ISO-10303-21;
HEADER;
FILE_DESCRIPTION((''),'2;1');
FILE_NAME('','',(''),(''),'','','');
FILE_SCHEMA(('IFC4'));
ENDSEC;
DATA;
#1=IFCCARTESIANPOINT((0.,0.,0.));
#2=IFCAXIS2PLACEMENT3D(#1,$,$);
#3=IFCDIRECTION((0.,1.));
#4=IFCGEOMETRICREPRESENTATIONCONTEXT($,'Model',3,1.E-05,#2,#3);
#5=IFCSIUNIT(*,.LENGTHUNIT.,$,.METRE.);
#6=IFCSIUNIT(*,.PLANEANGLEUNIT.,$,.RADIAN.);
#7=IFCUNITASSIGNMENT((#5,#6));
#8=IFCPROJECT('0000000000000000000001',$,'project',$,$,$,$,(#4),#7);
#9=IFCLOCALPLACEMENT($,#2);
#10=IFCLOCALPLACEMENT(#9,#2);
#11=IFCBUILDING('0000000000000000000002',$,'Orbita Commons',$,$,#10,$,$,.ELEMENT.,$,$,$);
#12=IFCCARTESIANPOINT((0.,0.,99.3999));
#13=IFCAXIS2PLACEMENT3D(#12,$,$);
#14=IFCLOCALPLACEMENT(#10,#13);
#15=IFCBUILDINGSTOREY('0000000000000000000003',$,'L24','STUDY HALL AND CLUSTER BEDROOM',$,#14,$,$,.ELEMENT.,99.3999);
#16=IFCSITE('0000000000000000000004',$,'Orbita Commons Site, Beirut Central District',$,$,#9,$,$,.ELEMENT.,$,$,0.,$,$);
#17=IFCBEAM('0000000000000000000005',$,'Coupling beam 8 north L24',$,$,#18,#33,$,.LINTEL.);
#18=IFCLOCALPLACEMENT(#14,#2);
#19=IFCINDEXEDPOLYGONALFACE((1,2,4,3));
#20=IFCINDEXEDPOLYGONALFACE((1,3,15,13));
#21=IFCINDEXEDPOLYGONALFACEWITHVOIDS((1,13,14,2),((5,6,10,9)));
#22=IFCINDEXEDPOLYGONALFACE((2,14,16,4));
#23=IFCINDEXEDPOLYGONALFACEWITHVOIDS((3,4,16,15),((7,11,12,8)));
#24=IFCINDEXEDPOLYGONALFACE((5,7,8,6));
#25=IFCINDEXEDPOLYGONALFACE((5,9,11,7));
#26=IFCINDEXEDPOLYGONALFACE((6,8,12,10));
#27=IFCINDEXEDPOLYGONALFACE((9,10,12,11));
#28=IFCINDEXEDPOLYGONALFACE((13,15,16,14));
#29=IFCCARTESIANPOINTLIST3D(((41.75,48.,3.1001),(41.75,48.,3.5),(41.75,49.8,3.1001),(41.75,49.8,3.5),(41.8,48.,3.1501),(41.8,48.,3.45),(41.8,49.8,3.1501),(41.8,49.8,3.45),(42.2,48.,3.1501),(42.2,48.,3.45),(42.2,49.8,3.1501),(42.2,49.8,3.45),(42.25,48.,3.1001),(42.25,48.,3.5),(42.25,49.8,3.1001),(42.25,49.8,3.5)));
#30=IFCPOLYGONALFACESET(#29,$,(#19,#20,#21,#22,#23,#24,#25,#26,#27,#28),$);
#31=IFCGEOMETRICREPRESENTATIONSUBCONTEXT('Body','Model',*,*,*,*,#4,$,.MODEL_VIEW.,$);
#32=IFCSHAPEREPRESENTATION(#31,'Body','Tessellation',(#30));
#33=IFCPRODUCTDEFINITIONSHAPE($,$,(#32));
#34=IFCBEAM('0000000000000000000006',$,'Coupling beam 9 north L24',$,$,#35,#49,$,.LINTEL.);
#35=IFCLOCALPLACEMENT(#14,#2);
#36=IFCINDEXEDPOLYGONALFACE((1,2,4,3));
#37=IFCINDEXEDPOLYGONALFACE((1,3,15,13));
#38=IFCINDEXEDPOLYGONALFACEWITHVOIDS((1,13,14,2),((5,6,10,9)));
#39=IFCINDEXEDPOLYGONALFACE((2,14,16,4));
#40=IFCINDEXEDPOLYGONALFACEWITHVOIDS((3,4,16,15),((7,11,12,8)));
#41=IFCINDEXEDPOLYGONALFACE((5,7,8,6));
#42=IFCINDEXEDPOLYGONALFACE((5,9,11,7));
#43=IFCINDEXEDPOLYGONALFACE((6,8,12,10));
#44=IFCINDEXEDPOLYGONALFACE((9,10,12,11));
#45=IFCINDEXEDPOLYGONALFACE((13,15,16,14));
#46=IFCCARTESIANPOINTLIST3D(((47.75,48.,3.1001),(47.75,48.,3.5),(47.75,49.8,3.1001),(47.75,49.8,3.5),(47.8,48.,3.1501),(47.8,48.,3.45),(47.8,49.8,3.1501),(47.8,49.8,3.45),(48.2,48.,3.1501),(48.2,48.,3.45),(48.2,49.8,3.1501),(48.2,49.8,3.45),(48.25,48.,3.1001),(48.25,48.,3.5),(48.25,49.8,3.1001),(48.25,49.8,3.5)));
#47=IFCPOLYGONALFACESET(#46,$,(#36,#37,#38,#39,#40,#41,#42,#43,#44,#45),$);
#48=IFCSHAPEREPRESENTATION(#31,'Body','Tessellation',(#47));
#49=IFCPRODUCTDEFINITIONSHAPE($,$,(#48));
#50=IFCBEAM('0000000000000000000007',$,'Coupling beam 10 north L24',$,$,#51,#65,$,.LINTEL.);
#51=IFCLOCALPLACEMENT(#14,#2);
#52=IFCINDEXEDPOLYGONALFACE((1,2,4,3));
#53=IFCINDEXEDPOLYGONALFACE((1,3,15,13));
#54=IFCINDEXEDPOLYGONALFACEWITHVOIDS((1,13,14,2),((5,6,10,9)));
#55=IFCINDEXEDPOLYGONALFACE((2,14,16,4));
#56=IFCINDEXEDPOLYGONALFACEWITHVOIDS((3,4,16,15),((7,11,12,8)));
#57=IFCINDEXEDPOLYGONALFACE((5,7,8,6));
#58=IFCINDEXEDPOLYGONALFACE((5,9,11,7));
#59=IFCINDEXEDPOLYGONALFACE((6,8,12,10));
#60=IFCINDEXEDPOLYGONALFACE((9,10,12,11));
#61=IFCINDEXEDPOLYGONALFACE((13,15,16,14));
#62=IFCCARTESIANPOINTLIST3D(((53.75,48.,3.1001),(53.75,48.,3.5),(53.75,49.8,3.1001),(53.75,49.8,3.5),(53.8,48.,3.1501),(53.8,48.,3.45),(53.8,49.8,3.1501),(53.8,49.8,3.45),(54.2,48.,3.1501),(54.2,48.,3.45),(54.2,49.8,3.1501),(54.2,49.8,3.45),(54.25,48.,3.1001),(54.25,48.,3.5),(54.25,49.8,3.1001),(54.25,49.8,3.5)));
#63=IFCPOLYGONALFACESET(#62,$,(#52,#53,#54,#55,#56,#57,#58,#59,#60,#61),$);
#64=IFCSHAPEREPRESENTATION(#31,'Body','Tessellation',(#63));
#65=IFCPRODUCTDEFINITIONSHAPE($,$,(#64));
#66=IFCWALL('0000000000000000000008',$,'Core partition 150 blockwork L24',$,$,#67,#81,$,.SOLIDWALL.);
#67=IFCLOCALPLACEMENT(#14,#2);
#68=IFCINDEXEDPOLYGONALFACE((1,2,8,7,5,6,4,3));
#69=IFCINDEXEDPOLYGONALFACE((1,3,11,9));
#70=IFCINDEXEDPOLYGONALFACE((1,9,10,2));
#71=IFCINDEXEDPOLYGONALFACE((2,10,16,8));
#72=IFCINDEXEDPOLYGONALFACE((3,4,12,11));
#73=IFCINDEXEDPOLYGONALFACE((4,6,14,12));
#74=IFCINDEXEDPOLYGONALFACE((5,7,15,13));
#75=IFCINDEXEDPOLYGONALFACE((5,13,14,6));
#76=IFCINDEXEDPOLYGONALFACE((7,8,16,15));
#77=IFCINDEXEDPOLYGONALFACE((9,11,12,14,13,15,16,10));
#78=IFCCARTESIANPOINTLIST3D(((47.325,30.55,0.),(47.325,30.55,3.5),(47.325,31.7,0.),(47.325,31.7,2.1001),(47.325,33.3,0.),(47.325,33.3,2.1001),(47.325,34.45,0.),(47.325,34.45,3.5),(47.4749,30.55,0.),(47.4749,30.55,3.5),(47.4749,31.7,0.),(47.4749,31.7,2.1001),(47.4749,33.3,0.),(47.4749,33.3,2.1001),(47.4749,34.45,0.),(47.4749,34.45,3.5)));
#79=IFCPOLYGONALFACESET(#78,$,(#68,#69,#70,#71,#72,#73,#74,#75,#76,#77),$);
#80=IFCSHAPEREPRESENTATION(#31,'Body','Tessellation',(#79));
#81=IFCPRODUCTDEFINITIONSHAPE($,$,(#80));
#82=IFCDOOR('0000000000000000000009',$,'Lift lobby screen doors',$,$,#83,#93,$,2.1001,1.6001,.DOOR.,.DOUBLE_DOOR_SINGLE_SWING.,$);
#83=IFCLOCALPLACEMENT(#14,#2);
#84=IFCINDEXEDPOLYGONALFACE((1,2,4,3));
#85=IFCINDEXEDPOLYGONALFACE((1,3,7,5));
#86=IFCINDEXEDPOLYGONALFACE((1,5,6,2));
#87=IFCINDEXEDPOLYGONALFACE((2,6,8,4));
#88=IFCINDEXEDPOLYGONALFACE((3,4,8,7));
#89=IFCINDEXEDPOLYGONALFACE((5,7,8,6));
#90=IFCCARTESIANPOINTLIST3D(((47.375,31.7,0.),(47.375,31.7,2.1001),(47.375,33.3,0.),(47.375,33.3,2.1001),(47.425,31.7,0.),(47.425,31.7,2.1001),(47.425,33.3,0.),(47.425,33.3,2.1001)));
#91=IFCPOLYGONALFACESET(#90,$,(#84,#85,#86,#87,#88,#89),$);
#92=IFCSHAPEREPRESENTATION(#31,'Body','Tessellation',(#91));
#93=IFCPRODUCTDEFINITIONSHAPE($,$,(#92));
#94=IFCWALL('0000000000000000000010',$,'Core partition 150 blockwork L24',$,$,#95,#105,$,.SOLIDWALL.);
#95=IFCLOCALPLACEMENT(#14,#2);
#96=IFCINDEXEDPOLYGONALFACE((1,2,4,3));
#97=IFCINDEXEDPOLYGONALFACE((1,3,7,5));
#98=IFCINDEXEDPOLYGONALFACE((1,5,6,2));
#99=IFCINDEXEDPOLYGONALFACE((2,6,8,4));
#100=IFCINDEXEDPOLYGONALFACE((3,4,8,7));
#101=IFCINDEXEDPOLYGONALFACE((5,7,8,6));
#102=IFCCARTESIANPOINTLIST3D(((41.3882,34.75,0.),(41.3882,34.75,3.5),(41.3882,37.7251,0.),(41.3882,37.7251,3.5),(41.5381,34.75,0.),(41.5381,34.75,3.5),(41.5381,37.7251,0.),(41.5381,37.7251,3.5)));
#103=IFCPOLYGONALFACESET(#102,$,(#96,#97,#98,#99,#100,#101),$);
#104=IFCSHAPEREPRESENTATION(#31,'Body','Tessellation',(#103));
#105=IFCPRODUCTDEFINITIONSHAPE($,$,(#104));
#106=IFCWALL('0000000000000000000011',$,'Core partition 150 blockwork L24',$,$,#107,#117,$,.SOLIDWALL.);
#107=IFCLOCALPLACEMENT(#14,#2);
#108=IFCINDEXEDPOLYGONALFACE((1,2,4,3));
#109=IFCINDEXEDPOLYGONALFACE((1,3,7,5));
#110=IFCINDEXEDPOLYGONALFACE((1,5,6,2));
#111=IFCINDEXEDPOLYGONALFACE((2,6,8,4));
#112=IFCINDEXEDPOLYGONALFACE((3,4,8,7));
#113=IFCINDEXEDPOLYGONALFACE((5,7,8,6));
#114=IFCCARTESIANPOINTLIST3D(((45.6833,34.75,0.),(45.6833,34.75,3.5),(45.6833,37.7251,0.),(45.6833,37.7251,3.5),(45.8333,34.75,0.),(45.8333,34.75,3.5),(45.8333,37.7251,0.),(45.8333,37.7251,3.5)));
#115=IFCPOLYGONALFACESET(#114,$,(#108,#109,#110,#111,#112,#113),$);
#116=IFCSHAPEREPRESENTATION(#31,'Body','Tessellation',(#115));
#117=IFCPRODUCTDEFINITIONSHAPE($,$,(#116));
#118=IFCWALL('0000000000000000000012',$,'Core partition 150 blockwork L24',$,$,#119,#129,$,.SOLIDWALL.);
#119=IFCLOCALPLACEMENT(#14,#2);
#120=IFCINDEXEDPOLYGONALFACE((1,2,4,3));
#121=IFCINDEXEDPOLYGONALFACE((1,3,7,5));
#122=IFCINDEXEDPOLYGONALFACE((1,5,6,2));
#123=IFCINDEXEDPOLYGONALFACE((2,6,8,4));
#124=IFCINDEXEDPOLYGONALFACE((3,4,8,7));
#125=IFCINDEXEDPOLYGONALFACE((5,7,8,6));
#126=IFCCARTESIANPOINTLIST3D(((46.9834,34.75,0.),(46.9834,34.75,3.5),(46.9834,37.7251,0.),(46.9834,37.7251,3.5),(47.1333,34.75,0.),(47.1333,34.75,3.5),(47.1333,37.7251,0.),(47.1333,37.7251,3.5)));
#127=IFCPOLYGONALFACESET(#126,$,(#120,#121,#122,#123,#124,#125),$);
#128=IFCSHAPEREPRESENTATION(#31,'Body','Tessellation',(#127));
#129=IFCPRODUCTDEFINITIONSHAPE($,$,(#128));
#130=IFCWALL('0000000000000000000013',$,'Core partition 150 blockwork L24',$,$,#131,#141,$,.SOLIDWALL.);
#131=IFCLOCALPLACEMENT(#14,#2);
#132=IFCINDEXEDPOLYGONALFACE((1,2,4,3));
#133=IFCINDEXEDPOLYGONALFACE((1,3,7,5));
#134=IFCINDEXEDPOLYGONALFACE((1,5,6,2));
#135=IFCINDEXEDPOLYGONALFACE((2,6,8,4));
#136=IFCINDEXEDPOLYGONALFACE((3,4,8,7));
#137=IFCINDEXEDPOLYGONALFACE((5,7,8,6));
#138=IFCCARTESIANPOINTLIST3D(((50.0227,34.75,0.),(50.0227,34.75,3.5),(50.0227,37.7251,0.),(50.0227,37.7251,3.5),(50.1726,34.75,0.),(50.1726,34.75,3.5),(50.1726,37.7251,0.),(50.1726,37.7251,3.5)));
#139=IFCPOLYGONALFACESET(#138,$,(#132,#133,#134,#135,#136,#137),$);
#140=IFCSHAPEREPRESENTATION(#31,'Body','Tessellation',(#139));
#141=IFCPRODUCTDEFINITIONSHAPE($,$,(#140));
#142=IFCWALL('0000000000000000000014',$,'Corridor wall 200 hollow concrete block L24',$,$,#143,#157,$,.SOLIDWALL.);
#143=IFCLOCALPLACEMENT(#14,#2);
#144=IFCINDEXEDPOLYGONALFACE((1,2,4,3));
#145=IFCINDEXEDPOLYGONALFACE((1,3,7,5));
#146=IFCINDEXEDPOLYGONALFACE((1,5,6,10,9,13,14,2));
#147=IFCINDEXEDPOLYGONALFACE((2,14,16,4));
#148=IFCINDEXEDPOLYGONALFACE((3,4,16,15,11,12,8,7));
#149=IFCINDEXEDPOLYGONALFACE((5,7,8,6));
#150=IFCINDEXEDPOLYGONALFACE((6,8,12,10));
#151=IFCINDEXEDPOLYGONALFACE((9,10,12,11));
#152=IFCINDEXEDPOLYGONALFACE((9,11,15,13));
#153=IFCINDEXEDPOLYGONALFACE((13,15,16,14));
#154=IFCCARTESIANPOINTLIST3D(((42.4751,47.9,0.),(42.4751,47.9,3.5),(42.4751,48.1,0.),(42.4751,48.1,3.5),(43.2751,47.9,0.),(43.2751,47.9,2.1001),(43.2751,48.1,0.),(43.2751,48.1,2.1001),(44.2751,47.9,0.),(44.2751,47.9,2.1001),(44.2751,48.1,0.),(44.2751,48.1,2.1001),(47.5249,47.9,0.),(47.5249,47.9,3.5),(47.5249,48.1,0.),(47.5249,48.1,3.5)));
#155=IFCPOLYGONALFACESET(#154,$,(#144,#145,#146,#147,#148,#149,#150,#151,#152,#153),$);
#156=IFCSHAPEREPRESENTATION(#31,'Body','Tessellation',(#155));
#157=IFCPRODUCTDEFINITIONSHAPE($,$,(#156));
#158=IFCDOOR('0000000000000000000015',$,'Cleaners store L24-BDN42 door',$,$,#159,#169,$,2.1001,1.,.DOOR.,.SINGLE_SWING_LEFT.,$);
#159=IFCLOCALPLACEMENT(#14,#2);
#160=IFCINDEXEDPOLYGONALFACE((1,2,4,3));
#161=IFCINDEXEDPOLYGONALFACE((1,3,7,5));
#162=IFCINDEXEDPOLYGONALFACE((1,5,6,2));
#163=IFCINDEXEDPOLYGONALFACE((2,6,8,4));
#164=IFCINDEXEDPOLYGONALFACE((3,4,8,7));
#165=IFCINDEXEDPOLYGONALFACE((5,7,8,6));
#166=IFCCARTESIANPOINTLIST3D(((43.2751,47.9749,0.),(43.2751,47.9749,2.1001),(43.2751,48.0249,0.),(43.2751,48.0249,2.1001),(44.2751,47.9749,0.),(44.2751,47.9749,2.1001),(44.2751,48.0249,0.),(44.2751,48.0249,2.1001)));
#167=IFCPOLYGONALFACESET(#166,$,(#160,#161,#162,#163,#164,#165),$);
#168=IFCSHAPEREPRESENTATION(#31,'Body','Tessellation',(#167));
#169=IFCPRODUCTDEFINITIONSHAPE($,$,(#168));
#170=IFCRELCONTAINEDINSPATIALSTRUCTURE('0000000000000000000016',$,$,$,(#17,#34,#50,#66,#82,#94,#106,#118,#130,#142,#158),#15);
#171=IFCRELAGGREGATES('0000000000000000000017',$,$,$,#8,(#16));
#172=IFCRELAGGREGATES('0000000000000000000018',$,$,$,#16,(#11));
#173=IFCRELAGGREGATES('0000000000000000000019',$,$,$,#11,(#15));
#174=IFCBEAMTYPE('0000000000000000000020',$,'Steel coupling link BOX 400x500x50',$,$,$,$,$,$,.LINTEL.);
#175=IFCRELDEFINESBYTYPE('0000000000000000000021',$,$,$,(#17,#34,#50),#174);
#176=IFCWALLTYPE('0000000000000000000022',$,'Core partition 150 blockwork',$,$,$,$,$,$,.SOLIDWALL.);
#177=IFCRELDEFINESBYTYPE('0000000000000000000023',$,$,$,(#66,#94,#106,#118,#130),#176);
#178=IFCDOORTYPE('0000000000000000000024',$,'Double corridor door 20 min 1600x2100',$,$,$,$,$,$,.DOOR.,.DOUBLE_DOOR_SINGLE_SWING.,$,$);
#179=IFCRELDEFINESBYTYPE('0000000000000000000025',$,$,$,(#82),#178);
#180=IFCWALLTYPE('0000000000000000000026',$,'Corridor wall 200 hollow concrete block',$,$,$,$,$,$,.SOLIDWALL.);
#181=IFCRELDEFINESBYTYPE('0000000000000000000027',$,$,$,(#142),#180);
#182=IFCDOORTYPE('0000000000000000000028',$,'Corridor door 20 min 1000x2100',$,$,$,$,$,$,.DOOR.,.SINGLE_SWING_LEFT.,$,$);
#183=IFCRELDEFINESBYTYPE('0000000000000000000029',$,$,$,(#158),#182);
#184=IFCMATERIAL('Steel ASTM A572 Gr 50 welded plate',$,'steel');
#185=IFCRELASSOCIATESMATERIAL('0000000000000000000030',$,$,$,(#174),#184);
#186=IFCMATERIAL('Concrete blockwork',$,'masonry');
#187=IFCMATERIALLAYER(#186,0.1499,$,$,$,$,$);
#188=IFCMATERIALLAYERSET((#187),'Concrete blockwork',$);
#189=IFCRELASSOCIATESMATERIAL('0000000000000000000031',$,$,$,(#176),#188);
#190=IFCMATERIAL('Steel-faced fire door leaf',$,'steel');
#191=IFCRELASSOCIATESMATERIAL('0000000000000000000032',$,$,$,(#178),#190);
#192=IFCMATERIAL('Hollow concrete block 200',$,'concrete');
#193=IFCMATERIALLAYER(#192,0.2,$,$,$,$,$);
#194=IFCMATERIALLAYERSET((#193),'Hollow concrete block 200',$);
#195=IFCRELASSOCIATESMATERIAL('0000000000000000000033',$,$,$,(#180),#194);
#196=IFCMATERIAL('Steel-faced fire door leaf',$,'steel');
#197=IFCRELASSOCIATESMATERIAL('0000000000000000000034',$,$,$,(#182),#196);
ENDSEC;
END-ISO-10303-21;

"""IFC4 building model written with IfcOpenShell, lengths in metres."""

from ifc_helpers import new_model, si_unit, direction, frame, frame_2d, origin, origin_2d, place, context, subcontext, project, spatial, rectangle, hollow_rectangle, extrude, material, layer, layer_set, material_profile, profile_set, type_object, element, fill, save


model = new_model("IFC4")

# Units and contexts
model_context = context("Model", 3, precision=1e-05, world=origin(), true_north=direction((0.0, 1.0)))
body_context = subcontext(model_context, "Body", "Model", "MODEL_VIEW")
ifc_project = project(units=[si_unit("LENGTHUNIT", "METRE"), si_unit("PLANEANGLEUNIT", "RADIAN")], contexts=[model_context])

# Site, building, storey
site_placement = place(None, origin())
site = spatial("IfcSite", under=ifc_project, at=site_placement, Name="Orbita Commons Site, Beirut Central District", CompositionType="ELEMENT", RefElevation=0.0)
building_placement = place(site_placement, origin())
building = spatial("IfcBuilding", under=site, at=building_placement, Name="Orbita Commons", CompositionType="ELEMENT")
storey_placement = place(building_placement, frame((0.0, 0.0, 99.3999)))
storey = spatial("IfcBuildingStorey", under=building, at=storey_placement, Name="L24", Description="STUDY HALL AND CLUSTER BEDROOM", CompositionType="ELEMENT", Elevation=99.3999)

# Beams
ifc_material_1 = material(Name="Steel ASTM A572 Gr 50 welded plate", Category="steel")
ifc_material_profile = material_profile(ifc_material_1, hollow_rectangle(XDim=0.5, YDim=0.3999, WallThickness=0.05, at=origin_2d()), Name="BOX 400x500x50")
ifc_profile_set = profile_set([ifc_material_profile], Name="Steel ASTM A572 Gr 50 welded plate")
beam_type = type_object("IfcBeamType", Name="Steel coupling link BOX 400x500x50", PredefinedType="LINTEL", material=ifc_profile_set)
for number, where, z_axis, x_axis, name in (
    (1, (42.0, 48.0, 3.3), (0.0, 1.0, 0.0), (-1.0, 0.0, 0.0), "Coupling beam 8 north L24"),
    (2, (48.0, 48.0, 3.3), (0.0, 1.0, 0.0), (-1.0, 0.0, 0.0), "Coupling beam 9 north L24"),
    (3, (54.0, 48.0, 3.3), (0.0, 1.0, 0.0), (-1.0, 0.0, 0.0), "Coupling beam 10 north L24"),
):
    element("IfcBeam", number, at=place(storey_placement, frame(where, z_axis=z_axis, x_axis=x_axis)), inside=storey, type_object=beam_type, Name=name, PredefinedType="LINTEL", context=body_context, shape_type="SweptSolid", body=[
        extrude(hollow_rectangle(XDim=0.5, YDim=0.3999, WallThickness=0.05, at=origin_2d()), origin(), (0.0, 0.0, 1.0), 1.8),
    ])

# Wall, opening, door
ifc_material_2 = material(Name="Concrete blockwork", Category="masonry")
ifc_layer_1 = layer(ifc_material_2, 0.1499)
ifc_layer_set_1 = layer_set([ifc_layer_1], Name="Concrete blockwork")
wall_type_1 = type_object("IfcWallType", Name="Core partition 150 blockwork", PredefinedType="SOLIDWALL", material=ifc_layer_set_1)
wall_1_placement = place(storey_placement, frame((47.3999, 30.55, 0.0), z_axis=(0.0, 0.0, 1.0), x_axis=(0.0, 1.0, 0.0)))
wall_1 = element("IfcWall", 4, at=wall_1_placement, inside=storey, type_object=wall_type_1, Name="Core partition 150 blockwork L24", PredefinedType="SOLIDWALL", context=body_context, shape_type="SweptSolid", body=[
    extrude(rectangle(XDim=3.8999, YDim=0.1499, at=frame_2d((1.95, 0.0))), origin(), (0.0, 0.0, 1.0), 3.5),
])
opening_1_placement = place(wall_1_placement, frame((1.1499, 0.0, 0.0)))
opening_1 = element("IfcOpeningElement", 5, at=opening_1_placement, cuts=wall_1, PredefinedType="OPENING", context=body_context, shape_type="SweptSolid", body=[
    extrude(rectangle(XDim=1.6001, YDim=2.1001, at=frame_2d((0.8, 1.05))), frame((0.0, 0.085, 0.0), z_axis=(0.0, -1.0, 0.0), x_axis=(1.0, 0.0, 0.0)), (0.0, 0.0, 1.0), 0.1699),
])
ifc_material_3 = material(Name="Steel-faced fire door leaf", Category="steel")
door_type_1 = type_object("IfcDoorType", Name="Double corridor door 20 min 1600x2100", OperationType="DOUBLE_DOOR_SINGLE_SWING", PredefinedType="DOOR", material=ifc_material_3)
door_1_placement = place(opening_1_placement, origin())
door_1 = element("IfcDoor", 6, at=door_1_placement, inside=storey, type_object=door_type_1, Name="Lift lobby screen doors", OperationType="DOUBLE_DOOR_SINGLE_SWING", OverallHeight=2.1001, OverallWidth=1.6001, PredefinedType="DOOR", context=body_context, shape_type="SweptSolid", body=[
    extrude(rectangle(XDim=1.6001, YDim=2.1001, at=frame_2d((0.8, 1.05))), frame((0.0, 0.0249, 0.0), z_axis=(0.0, -1.0, 0.0), x_axis=(1.0, 0.0, 0.0)), (0.0, 0.0, 1.0), 0.05),
])
fill(opening_1, door_1)

# Walls
for number, where, z_axis, x_axis, name in (
    (7, (41.4631, 34.75, 0.0), (0.0, 0.0, 1.0), (0.0, 1.0, 0.0), "Core partition 150 blockwork L24"),
    (8, (45.7583, 34.75, 0.0), (0.0, 0.0, 1.0), (0.0, 1.0, 0.0), "Core partition 150 blockwork L24"),
    (9, (47.0583, 34.75, 0.0), (0.0, 0.0, 1.0), (0.0, 1.0, 0.0), "Core partition 150 blockwork L24"),
    (10, (50.0977, 34.75, 0.0), (0.0, 0.0, 1.0), (0.0, 1.0, 0.0), "Core partition 150 blockwork L24"),
):
    element("IfcWall", number, at=place(storey_placement, frame(where, z_axis=z_axis, x_axis=x_axis)), inside=storey, type_object=wall_type_1, Name=name, PredefinedType="SOLIDWALL", context=body_context, shape_type="SweptSolid", body=[
        extrude(rectangle(XDim=2.9751, YDim=0.1499, at=frame_2d((1.4875, 0.0))), origin(), (0.0, 0.0, 1.0), 3.5),
    ])

# Wall, opening, door
ifc_material_4 = material(Name="Hollow concrete block 200", Category="concrete")
ifc_layer_2 = layer(ifc_material_4, 0.2)
ifc_layer_set_2 = layer_set([ifc_layer_2], Name="Hollow concrete block 200")
wall_type_2 = type_object("IfcWallType", Name="Corridor wall 200 hollow concrete block", PredefinedType="SOLIDWALL", material=ifc_layer_set_2)
wall_2_placement = place(storey_placement, frame((42.4751, 48.0, 0.0), z_axis=(0.0, 0.0, 1.0), x_axis=(1.0, 0.0, 0.0)))
wall_2 = element("IfcWall", 11, at=wall_2_placement, inside=storey, type_object=wall_type_2, Name="Corridor wall 200 hollow concrete block L24", PredefinedType="SOLIDWALL", context=body_context, shape_type="SweptSolid", body=[
    extrude(rectangle(XDim=5.0498, YDim=0.2, at=frame_2d((2.5249, 0.0))), origin(), (0.0, 0.0, 1.0), 3.5),
])
opening_2_placement = place(wall_2_placement, frame((0.8, 0.0, 0.0)))
opening_2 = element("IfcOpeningElement", 12, at=opening_2_placement, cuts=wall_2, PredefinedType="OPENING", context=body_context, shape_type="SweptSolid", body=[
    extrude(rectangle(XDim=1.0, YDim=2.1001, at=frame_2d((0.5, 1.05))), frame((0.0, 0.1099, 0.0), z_axis=(0.0, -1.0, 0.0), x_axis=(1.0, 0.0, 0.0)), (0.0, 0.0, 1.0), 0.22),
])
ifc_material_5 = material(Name="Steel-faced fire door leaf", Category="steel")
door_type_2 = type_object("IfcDoorType", Name="Corridor door 20 min 1000x2100", OperationType="SINGLE_SWING_LEFT", PredefinedType="DOOR", material=ifc_material_5)
door_2_placement = place(opening_2_placement, origin())
door_2 = element("IfcDoor", 13, at=door_2_placement, inside=storey, type_object=door_type_2, Name="Cleaners store L24-BDN42 door", OperationType="SINGLE_SWING_LEFT", OverallHeight=2.1001, OverallWidth=1.0, PredefinedType="DOOR", context=body_context, shape_type="SweptSolid", body=[
    extrude(rectangle(XDim=1.0, YDim=2.1001, at=frame_2d((0.5, 1.05))), frame((0.0, 0.0249, 0.0), z_axis=(0.0, -1.0, 0.0), x_axis=(1.0, 0.0, 0.0)), (0.0, 0.0, 1.0), 0.05),
])
fill(opening_2, door_2)

save(model, "model.ifc")
